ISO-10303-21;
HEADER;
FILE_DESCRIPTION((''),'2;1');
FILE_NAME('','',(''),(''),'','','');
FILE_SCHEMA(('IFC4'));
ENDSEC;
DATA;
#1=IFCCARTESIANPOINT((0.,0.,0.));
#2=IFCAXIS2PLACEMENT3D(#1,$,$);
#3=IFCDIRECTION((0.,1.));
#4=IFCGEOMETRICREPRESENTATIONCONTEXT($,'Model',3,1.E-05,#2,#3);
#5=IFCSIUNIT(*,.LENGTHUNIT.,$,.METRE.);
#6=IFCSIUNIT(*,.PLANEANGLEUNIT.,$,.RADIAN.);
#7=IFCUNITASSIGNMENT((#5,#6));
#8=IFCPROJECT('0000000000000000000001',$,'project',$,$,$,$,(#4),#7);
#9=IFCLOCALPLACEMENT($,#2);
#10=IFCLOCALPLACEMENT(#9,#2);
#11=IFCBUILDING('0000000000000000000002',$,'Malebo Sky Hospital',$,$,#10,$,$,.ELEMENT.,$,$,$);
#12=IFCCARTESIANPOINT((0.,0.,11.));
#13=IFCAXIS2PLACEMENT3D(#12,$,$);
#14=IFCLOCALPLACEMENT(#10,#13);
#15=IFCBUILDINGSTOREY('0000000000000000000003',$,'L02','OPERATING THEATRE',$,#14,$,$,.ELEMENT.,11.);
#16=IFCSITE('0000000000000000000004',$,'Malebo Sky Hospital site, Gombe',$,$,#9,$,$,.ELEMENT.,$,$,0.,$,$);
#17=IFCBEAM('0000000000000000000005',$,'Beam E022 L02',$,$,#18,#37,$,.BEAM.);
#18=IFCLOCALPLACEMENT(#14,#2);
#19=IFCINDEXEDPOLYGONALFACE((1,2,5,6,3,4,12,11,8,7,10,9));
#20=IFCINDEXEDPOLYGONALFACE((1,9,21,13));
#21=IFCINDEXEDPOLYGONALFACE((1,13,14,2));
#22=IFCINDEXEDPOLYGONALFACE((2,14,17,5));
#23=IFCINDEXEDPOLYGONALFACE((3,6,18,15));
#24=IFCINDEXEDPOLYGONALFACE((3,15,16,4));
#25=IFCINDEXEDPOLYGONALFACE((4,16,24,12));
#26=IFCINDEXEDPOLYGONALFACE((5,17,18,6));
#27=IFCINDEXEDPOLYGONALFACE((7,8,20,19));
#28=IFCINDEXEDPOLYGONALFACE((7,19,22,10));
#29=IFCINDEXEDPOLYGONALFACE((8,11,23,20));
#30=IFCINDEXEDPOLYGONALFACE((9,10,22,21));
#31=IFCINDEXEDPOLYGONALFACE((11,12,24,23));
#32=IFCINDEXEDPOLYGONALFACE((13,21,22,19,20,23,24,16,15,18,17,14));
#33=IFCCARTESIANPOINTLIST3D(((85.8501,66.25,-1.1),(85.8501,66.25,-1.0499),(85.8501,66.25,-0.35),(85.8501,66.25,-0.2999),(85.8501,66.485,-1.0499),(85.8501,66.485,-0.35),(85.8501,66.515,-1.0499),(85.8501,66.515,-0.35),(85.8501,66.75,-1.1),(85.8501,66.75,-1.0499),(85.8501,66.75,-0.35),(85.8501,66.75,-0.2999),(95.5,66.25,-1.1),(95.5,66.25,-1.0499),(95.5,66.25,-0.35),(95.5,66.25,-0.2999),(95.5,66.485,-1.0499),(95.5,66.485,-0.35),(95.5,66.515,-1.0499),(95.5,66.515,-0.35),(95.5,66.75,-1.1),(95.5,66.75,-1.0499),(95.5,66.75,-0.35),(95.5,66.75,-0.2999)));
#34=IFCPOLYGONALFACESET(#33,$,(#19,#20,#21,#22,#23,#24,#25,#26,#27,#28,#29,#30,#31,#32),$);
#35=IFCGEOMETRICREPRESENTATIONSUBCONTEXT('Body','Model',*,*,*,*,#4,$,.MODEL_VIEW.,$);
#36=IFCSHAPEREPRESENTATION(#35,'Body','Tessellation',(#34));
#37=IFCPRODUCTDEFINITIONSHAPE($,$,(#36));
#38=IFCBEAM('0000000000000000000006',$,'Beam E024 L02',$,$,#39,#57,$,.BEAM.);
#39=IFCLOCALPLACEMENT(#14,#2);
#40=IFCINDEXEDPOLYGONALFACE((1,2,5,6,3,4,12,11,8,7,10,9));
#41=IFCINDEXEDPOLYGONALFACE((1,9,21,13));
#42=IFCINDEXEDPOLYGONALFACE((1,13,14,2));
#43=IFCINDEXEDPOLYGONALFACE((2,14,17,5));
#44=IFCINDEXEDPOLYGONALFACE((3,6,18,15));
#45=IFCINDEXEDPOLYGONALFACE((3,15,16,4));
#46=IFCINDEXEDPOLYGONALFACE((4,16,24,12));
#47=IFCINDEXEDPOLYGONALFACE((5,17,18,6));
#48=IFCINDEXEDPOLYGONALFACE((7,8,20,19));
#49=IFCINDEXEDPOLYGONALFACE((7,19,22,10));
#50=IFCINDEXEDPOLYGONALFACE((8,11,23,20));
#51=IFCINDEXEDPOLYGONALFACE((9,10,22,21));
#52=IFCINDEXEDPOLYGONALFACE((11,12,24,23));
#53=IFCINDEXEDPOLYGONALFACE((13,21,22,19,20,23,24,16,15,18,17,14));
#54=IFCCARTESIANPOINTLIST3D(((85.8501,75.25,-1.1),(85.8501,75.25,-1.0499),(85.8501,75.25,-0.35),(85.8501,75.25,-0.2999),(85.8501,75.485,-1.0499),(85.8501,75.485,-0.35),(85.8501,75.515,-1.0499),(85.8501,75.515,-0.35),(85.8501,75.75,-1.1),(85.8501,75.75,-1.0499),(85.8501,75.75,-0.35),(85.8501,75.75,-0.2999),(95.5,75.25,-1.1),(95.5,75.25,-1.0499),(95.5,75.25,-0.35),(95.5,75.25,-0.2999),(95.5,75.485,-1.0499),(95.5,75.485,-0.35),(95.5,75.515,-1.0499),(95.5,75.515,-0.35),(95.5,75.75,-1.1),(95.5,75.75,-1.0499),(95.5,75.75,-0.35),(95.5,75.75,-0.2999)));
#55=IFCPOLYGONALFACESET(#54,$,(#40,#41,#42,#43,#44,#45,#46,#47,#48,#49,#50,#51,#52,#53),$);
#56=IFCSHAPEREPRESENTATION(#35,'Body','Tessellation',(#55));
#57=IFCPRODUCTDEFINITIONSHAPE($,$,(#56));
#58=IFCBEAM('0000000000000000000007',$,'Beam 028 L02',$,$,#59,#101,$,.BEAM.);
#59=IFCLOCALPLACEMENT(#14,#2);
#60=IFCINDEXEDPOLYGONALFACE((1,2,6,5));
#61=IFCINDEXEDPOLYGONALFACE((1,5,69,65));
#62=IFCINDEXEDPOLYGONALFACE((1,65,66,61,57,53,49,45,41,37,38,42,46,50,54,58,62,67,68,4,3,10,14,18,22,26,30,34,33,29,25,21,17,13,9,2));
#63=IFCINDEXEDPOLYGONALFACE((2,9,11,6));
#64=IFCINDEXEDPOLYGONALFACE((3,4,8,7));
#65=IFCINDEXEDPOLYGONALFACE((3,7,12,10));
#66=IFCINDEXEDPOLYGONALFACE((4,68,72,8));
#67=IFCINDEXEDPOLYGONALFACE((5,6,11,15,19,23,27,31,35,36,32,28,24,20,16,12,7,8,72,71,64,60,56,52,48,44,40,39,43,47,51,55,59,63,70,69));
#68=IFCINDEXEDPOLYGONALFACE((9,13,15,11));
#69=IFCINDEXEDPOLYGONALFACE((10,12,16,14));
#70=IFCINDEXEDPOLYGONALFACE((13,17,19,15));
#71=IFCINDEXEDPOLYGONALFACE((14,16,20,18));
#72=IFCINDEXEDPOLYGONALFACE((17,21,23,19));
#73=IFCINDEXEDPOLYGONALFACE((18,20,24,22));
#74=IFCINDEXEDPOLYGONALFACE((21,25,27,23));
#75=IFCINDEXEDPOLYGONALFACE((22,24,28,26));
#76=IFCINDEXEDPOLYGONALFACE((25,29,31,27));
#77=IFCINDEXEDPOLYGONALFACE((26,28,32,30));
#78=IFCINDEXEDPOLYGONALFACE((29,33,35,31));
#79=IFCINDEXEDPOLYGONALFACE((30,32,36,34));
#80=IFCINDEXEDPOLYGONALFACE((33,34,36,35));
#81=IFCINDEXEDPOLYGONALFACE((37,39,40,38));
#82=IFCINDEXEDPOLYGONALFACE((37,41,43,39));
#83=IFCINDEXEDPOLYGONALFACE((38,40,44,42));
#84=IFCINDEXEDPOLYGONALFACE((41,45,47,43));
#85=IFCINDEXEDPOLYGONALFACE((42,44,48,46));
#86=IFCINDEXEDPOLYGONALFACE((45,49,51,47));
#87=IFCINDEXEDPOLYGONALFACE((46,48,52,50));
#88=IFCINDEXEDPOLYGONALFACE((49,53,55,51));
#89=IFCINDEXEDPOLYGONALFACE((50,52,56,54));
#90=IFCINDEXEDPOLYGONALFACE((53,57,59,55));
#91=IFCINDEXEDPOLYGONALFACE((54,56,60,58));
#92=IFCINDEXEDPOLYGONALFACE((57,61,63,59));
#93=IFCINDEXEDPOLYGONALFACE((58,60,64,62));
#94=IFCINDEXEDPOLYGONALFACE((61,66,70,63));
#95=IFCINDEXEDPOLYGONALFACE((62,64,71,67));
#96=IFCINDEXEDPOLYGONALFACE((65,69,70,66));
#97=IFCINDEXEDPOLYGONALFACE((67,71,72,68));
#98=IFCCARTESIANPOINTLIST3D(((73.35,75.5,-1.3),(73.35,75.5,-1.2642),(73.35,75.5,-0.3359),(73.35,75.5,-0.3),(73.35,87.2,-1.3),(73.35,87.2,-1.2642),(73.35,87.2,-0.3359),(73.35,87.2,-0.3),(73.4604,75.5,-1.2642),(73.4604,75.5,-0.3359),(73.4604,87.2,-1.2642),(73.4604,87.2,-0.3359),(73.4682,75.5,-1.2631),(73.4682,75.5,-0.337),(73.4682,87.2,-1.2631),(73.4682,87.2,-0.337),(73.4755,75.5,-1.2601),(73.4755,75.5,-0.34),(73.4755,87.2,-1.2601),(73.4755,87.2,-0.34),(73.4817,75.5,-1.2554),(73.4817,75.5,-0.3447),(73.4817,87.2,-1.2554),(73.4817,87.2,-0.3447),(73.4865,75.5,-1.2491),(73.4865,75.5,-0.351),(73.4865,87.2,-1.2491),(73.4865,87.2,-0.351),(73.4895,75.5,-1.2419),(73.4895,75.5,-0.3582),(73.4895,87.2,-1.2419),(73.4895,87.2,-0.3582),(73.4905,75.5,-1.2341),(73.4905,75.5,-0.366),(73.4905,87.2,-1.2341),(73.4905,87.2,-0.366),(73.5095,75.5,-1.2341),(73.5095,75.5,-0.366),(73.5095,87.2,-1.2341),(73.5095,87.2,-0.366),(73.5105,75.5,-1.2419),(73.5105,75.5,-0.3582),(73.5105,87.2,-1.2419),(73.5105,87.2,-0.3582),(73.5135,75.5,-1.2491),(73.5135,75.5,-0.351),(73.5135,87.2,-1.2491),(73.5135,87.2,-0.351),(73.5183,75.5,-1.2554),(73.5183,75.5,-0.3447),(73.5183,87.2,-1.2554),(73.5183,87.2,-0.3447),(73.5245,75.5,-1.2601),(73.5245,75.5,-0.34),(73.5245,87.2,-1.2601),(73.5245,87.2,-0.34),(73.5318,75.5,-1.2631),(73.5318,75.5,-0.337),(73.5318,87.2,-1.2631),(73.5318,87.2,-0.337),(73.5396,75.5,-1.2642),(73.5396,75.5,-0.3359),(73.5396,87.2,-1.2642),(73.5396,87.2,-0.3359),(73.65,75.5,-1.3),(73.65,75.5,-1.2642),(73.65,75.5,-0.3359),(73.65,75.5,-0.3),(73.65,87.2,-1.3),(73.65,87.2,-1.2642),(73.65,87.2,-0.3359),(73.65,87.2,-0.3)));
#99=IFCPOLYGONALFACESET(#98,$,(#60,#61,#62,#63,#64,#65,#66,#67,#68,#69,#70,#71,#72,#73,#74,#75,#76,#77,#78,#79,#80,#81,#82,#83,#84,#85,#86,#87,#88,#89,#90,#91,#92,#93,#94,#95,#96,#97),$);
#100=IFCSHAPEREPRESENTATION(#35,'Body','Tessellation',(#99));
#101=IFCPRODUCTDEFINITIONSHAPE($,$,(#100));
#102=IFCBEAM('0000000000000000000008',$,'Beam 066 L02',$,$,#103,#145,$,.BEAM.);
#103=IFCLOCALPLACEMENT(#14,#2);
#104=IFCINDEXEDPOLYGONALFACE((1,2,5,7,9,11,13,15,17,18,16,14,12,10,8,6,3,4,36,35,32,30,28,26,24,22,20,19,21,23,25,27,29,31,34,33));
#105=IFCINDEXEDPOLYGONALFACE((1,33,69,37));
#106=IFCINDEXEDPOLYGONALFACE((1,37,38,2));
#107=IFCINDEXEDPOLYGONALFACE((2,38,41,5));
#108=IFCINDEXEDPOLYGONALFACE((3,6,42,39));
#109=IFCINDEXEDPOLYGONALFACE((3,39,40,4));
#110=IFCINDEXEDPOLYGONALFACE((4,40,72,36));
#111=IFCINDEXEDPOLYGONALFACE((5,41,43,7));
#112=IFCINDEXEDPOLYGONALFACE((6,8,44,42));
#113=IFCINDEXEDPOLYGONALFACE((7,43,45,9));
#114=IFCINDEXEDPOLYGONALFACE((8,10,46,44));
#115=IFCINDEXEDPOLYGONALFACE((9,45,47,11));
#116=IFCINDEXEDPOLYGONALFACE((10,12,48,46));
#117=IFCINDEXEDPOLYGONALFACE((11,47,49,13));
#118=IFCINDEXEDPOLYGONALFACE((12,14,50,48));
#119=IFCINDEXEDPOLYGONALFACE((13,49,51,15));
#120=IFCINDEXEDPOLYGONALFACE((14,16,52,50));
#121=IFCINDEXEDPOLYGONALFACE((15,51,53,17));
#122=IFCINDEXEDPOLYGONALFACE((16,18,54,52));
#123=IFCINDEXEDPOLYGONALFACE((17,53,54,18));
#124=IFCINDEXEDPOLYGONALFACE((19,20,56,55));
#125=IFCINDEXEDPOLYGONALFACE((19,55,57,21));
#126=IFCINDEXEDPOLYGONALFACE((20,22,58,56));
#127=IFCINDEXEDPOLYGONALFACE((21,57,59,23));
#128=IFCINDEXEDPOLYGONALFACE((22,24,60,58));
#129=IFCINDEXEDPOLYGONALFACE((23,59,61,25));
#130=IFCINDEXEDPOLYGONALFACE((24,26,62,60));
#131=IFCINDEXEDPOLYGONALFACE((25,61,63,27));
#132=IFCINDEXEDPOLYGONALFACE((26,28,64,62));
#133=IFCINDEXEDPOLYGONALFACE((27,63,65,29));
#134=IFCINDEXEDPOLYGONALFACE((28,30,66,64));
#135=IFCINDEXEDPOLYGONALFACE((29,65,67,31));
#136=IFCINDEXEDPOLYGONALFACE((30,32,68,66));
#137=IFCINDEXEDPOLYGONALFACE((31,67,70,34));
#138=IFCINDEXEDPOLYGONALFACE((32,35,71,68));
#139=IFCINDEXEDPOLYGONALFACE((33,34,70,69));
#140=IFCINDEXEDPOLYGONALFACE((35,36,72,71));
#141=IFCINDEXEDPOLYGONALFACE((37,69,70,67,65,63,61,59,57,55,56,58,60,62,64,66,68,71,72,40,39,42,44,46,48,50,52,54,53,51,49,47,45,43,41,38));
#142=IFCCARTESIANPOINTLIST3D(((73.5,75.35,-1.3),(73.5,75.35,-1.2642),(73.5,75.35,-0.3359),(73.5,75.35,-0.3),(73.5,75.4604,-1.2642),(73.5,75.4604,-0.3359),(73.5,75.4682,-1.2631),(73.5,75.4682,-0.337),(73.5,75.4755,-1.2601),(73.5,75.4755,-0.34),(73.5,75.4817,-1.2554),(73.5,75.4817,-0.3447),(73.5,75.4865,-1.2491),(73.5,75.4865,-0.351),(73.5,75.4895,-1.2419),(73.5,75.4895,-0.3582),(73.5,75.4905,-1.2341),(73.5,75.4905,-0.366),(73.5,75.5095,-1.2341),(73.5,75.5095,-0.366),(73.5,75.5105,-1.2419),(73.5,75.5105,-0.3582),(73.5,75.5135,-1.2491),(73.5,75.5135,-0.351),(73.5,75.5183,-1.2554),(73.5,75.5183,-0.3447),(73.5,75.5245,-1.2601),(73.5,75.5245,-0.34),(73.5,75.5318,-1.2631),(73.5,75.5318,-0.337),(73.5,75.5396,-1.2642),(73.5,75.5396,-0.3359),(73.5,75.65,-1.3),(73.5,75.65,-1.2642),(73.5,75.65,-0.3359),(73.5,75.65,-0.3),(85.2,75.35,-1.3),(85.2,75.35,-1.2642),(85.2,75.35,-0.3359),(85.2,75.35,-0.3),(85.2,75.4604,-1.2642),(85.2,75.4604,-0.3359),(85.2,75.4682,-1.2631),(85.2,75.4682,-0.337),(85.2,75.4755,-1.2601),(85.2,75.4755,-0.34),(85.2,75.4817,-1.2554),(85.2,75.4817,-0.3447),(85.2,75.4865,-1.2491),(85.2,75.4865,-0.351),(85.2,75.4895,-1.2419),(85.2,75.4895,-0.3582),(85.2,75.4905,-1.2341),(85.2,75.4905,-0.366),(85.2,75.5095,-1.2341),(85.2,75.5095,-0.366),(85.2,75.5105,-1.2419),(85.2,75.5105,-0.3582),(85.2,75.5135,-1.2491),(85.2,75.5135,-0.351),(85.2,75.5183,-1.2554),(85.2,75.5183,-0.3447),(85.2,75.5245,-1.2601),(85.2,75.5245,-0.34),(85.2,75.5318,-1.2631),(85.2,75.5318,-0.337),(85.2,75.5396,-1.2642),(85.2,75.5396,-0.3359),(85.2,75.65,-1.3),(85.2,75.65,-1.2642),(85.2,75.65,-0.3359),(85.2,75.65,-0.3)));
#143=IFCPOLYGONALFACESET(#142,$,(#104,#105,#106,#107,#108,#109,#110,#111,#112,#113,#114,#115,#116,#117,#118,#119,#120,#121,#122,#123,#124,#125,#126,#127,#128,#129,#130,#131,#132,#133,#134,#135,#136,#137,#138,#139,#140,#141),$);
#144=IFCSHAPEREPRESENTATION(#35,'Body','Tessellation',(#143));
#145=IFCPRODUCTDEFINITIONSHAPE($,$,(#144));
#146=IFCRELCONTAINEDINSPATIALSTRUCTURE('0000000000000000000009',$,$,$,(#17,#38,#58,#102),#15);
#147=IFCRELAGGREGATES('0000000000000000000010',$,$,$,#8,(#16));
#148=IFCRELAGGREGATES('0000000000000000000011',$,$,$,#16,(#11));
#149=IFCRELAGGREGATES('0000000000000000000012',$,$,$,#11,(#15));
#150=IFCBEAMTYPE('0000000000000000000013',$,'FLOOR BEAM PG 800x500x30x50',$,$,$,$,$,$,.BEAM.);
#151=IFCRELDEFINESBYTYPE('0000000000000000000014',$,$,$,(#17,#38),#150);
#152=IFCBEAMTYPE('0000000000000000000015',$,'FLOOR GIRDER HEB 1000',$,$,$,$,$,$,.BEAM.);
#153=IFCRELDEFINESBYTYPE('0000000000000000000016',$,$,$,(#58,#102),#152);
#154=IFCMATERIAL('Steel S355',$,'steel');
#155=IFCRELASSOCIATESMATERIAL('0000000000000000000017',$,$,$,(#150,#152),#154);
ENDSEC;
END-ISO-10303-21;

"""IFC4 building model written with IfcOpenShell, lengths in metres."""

from ifc_helpers import new_model, si_unit, direction, frame, origin, origin_2d, place, context, subcontext, project, spatial, i_section, extrude, material, material_profile, profile_set, type_object, element, save


model = new_model("IFC4")

# Units and contexts
model_context = context("Model", 3, precision=1e-05, world=origin(), true_north=direction((0.0, 1.0)))
body_context = subcontext(model_context, "Body", "Model", "MODEL_VIEW")
ifc_project = project(units=[si_unit("LENGTHUNIT", "METRE"), si_unit("PLANEANGLEUNIT", "RADIAN")], contexts=[model_context])

# Site, building, storey
site_placement = place(None, origin())
site = spatial("IfcSite", under=ifc_project, at=site_placement, Name="Malebo Sky Hospital site, Gombe", CompositionType="ELEMENT", RefElevation=0.0)
building_placement = place(site_placement, origin())
building = spatial("IfcBuilding", under=site, at=building_placement, Name="Malebo Sky Hospital", CompositionType="ELEMENT")
storey_placement = place(building_placement, frame((0.0, 0.0, 11.0)))
storey = spatial("IfcBuildingStorey", under=building, at=storey_placement, Name="L02", Description="OPERATING THEATRE", CompositionType="ELEMENT", Elevation=11.0)

# Shared definitions
ifc_material_1 = material(Name="Steel S355", Category="steel")

# Beams
ifc_material_profile_1 = material_profile(ifc_material_1, i_section(OverallWidth=0.5, OverallDepth=0.8, WebThickness=0.03, FlangeThickness=0.05, at=origin_2d()), Name="PG 800x500x30x50")
ifc_profile_set_1 = profile_set([ifc_material_profile_1], Name="Steel S355")
beam_type_1 = type_object("IfcBeamType", Name="FLOOR BEAM PG 800x500x30x50", PredefinedType="BEAM", material=ifc_profile_set_1)
for number, where, z_axis, x_axis, name in (
    (1, (85.8501, 66.5, -0.7), (1.0, 0.0, 0.0), (0.0, 1.0, 0.0), "Beam E022 L02"),
    (2, (85.8501, 75.5, -0.7), (1.0, 0.0, 0.0), (0.0, 1.0, 0.0), "Beam E024 L02"),
):
    element("IfcBeam", number, at=place(storey_placement, frame(where, z_axis=z_axis, x_axis=x_axis)), inside=storey, type_object=beam_type_1, Name=name, PredefinedType="BEAM", context=body_context, shape_type="SweptSolid", body=[
        extrude(i_section(OverallWidth=0.5, OverallDepth=0.8, WebThickness=0.03, FlangeThickness=0.05, at=origin_2d()), origin(), (0.0, 0.0, 1.0), 9.6499),
    ])
ifc_material_profile_2 = material_profile(ifc_material_1, i_section(OverallWidth=0.3, OverallDepth=1.0, WebThickness=0.019, FlangeThickness=0.0359, FilletRadius=0.03, at=origin_2d()), Name="HEB 1000")
ifc_profile_set_2 = profile_set([ifc_material_profile_2], Name="Steel S355")
beam_type_2 = type_object("IfcBeamType", Name="FLOOR GIRDER HEB 1000", PredefinedType="BEAM", material=ifc_profile_set_2)
for number, where, z_axis, x_axis, name in (
    (3, (73.5, 75.5, -0.8), (0.0, 1.0, 0.0), (-1.0, 0.0, 0.0), "Beam 028 L02"),
    (4, (73.5, 75.5, -0.8), (1.0, 0.0, 0.0), (0.0, 1.0, 0.0), "Beam 066 L02"),
):
    element("IfcBeam", number, at=place(storey_placement, frame(where, z_axis=z_axis, x_axis=x_axis)), inside=storey, type_object=beam_type_2, Name=name, PredefinedType="BEAM", context=body_context, shape_type="SweptSolid", body=[
        extrude(i_section(OverallWidth=0.3, OverallDepth=1.0, WebThickness=0.019, FlangeThickness=0.0359, FilletRadius=0.03, at=origin_2d()), origin(), (0.0, 0.0, 1.0), 11.7),
    ])

save(model, "model.ifc")
